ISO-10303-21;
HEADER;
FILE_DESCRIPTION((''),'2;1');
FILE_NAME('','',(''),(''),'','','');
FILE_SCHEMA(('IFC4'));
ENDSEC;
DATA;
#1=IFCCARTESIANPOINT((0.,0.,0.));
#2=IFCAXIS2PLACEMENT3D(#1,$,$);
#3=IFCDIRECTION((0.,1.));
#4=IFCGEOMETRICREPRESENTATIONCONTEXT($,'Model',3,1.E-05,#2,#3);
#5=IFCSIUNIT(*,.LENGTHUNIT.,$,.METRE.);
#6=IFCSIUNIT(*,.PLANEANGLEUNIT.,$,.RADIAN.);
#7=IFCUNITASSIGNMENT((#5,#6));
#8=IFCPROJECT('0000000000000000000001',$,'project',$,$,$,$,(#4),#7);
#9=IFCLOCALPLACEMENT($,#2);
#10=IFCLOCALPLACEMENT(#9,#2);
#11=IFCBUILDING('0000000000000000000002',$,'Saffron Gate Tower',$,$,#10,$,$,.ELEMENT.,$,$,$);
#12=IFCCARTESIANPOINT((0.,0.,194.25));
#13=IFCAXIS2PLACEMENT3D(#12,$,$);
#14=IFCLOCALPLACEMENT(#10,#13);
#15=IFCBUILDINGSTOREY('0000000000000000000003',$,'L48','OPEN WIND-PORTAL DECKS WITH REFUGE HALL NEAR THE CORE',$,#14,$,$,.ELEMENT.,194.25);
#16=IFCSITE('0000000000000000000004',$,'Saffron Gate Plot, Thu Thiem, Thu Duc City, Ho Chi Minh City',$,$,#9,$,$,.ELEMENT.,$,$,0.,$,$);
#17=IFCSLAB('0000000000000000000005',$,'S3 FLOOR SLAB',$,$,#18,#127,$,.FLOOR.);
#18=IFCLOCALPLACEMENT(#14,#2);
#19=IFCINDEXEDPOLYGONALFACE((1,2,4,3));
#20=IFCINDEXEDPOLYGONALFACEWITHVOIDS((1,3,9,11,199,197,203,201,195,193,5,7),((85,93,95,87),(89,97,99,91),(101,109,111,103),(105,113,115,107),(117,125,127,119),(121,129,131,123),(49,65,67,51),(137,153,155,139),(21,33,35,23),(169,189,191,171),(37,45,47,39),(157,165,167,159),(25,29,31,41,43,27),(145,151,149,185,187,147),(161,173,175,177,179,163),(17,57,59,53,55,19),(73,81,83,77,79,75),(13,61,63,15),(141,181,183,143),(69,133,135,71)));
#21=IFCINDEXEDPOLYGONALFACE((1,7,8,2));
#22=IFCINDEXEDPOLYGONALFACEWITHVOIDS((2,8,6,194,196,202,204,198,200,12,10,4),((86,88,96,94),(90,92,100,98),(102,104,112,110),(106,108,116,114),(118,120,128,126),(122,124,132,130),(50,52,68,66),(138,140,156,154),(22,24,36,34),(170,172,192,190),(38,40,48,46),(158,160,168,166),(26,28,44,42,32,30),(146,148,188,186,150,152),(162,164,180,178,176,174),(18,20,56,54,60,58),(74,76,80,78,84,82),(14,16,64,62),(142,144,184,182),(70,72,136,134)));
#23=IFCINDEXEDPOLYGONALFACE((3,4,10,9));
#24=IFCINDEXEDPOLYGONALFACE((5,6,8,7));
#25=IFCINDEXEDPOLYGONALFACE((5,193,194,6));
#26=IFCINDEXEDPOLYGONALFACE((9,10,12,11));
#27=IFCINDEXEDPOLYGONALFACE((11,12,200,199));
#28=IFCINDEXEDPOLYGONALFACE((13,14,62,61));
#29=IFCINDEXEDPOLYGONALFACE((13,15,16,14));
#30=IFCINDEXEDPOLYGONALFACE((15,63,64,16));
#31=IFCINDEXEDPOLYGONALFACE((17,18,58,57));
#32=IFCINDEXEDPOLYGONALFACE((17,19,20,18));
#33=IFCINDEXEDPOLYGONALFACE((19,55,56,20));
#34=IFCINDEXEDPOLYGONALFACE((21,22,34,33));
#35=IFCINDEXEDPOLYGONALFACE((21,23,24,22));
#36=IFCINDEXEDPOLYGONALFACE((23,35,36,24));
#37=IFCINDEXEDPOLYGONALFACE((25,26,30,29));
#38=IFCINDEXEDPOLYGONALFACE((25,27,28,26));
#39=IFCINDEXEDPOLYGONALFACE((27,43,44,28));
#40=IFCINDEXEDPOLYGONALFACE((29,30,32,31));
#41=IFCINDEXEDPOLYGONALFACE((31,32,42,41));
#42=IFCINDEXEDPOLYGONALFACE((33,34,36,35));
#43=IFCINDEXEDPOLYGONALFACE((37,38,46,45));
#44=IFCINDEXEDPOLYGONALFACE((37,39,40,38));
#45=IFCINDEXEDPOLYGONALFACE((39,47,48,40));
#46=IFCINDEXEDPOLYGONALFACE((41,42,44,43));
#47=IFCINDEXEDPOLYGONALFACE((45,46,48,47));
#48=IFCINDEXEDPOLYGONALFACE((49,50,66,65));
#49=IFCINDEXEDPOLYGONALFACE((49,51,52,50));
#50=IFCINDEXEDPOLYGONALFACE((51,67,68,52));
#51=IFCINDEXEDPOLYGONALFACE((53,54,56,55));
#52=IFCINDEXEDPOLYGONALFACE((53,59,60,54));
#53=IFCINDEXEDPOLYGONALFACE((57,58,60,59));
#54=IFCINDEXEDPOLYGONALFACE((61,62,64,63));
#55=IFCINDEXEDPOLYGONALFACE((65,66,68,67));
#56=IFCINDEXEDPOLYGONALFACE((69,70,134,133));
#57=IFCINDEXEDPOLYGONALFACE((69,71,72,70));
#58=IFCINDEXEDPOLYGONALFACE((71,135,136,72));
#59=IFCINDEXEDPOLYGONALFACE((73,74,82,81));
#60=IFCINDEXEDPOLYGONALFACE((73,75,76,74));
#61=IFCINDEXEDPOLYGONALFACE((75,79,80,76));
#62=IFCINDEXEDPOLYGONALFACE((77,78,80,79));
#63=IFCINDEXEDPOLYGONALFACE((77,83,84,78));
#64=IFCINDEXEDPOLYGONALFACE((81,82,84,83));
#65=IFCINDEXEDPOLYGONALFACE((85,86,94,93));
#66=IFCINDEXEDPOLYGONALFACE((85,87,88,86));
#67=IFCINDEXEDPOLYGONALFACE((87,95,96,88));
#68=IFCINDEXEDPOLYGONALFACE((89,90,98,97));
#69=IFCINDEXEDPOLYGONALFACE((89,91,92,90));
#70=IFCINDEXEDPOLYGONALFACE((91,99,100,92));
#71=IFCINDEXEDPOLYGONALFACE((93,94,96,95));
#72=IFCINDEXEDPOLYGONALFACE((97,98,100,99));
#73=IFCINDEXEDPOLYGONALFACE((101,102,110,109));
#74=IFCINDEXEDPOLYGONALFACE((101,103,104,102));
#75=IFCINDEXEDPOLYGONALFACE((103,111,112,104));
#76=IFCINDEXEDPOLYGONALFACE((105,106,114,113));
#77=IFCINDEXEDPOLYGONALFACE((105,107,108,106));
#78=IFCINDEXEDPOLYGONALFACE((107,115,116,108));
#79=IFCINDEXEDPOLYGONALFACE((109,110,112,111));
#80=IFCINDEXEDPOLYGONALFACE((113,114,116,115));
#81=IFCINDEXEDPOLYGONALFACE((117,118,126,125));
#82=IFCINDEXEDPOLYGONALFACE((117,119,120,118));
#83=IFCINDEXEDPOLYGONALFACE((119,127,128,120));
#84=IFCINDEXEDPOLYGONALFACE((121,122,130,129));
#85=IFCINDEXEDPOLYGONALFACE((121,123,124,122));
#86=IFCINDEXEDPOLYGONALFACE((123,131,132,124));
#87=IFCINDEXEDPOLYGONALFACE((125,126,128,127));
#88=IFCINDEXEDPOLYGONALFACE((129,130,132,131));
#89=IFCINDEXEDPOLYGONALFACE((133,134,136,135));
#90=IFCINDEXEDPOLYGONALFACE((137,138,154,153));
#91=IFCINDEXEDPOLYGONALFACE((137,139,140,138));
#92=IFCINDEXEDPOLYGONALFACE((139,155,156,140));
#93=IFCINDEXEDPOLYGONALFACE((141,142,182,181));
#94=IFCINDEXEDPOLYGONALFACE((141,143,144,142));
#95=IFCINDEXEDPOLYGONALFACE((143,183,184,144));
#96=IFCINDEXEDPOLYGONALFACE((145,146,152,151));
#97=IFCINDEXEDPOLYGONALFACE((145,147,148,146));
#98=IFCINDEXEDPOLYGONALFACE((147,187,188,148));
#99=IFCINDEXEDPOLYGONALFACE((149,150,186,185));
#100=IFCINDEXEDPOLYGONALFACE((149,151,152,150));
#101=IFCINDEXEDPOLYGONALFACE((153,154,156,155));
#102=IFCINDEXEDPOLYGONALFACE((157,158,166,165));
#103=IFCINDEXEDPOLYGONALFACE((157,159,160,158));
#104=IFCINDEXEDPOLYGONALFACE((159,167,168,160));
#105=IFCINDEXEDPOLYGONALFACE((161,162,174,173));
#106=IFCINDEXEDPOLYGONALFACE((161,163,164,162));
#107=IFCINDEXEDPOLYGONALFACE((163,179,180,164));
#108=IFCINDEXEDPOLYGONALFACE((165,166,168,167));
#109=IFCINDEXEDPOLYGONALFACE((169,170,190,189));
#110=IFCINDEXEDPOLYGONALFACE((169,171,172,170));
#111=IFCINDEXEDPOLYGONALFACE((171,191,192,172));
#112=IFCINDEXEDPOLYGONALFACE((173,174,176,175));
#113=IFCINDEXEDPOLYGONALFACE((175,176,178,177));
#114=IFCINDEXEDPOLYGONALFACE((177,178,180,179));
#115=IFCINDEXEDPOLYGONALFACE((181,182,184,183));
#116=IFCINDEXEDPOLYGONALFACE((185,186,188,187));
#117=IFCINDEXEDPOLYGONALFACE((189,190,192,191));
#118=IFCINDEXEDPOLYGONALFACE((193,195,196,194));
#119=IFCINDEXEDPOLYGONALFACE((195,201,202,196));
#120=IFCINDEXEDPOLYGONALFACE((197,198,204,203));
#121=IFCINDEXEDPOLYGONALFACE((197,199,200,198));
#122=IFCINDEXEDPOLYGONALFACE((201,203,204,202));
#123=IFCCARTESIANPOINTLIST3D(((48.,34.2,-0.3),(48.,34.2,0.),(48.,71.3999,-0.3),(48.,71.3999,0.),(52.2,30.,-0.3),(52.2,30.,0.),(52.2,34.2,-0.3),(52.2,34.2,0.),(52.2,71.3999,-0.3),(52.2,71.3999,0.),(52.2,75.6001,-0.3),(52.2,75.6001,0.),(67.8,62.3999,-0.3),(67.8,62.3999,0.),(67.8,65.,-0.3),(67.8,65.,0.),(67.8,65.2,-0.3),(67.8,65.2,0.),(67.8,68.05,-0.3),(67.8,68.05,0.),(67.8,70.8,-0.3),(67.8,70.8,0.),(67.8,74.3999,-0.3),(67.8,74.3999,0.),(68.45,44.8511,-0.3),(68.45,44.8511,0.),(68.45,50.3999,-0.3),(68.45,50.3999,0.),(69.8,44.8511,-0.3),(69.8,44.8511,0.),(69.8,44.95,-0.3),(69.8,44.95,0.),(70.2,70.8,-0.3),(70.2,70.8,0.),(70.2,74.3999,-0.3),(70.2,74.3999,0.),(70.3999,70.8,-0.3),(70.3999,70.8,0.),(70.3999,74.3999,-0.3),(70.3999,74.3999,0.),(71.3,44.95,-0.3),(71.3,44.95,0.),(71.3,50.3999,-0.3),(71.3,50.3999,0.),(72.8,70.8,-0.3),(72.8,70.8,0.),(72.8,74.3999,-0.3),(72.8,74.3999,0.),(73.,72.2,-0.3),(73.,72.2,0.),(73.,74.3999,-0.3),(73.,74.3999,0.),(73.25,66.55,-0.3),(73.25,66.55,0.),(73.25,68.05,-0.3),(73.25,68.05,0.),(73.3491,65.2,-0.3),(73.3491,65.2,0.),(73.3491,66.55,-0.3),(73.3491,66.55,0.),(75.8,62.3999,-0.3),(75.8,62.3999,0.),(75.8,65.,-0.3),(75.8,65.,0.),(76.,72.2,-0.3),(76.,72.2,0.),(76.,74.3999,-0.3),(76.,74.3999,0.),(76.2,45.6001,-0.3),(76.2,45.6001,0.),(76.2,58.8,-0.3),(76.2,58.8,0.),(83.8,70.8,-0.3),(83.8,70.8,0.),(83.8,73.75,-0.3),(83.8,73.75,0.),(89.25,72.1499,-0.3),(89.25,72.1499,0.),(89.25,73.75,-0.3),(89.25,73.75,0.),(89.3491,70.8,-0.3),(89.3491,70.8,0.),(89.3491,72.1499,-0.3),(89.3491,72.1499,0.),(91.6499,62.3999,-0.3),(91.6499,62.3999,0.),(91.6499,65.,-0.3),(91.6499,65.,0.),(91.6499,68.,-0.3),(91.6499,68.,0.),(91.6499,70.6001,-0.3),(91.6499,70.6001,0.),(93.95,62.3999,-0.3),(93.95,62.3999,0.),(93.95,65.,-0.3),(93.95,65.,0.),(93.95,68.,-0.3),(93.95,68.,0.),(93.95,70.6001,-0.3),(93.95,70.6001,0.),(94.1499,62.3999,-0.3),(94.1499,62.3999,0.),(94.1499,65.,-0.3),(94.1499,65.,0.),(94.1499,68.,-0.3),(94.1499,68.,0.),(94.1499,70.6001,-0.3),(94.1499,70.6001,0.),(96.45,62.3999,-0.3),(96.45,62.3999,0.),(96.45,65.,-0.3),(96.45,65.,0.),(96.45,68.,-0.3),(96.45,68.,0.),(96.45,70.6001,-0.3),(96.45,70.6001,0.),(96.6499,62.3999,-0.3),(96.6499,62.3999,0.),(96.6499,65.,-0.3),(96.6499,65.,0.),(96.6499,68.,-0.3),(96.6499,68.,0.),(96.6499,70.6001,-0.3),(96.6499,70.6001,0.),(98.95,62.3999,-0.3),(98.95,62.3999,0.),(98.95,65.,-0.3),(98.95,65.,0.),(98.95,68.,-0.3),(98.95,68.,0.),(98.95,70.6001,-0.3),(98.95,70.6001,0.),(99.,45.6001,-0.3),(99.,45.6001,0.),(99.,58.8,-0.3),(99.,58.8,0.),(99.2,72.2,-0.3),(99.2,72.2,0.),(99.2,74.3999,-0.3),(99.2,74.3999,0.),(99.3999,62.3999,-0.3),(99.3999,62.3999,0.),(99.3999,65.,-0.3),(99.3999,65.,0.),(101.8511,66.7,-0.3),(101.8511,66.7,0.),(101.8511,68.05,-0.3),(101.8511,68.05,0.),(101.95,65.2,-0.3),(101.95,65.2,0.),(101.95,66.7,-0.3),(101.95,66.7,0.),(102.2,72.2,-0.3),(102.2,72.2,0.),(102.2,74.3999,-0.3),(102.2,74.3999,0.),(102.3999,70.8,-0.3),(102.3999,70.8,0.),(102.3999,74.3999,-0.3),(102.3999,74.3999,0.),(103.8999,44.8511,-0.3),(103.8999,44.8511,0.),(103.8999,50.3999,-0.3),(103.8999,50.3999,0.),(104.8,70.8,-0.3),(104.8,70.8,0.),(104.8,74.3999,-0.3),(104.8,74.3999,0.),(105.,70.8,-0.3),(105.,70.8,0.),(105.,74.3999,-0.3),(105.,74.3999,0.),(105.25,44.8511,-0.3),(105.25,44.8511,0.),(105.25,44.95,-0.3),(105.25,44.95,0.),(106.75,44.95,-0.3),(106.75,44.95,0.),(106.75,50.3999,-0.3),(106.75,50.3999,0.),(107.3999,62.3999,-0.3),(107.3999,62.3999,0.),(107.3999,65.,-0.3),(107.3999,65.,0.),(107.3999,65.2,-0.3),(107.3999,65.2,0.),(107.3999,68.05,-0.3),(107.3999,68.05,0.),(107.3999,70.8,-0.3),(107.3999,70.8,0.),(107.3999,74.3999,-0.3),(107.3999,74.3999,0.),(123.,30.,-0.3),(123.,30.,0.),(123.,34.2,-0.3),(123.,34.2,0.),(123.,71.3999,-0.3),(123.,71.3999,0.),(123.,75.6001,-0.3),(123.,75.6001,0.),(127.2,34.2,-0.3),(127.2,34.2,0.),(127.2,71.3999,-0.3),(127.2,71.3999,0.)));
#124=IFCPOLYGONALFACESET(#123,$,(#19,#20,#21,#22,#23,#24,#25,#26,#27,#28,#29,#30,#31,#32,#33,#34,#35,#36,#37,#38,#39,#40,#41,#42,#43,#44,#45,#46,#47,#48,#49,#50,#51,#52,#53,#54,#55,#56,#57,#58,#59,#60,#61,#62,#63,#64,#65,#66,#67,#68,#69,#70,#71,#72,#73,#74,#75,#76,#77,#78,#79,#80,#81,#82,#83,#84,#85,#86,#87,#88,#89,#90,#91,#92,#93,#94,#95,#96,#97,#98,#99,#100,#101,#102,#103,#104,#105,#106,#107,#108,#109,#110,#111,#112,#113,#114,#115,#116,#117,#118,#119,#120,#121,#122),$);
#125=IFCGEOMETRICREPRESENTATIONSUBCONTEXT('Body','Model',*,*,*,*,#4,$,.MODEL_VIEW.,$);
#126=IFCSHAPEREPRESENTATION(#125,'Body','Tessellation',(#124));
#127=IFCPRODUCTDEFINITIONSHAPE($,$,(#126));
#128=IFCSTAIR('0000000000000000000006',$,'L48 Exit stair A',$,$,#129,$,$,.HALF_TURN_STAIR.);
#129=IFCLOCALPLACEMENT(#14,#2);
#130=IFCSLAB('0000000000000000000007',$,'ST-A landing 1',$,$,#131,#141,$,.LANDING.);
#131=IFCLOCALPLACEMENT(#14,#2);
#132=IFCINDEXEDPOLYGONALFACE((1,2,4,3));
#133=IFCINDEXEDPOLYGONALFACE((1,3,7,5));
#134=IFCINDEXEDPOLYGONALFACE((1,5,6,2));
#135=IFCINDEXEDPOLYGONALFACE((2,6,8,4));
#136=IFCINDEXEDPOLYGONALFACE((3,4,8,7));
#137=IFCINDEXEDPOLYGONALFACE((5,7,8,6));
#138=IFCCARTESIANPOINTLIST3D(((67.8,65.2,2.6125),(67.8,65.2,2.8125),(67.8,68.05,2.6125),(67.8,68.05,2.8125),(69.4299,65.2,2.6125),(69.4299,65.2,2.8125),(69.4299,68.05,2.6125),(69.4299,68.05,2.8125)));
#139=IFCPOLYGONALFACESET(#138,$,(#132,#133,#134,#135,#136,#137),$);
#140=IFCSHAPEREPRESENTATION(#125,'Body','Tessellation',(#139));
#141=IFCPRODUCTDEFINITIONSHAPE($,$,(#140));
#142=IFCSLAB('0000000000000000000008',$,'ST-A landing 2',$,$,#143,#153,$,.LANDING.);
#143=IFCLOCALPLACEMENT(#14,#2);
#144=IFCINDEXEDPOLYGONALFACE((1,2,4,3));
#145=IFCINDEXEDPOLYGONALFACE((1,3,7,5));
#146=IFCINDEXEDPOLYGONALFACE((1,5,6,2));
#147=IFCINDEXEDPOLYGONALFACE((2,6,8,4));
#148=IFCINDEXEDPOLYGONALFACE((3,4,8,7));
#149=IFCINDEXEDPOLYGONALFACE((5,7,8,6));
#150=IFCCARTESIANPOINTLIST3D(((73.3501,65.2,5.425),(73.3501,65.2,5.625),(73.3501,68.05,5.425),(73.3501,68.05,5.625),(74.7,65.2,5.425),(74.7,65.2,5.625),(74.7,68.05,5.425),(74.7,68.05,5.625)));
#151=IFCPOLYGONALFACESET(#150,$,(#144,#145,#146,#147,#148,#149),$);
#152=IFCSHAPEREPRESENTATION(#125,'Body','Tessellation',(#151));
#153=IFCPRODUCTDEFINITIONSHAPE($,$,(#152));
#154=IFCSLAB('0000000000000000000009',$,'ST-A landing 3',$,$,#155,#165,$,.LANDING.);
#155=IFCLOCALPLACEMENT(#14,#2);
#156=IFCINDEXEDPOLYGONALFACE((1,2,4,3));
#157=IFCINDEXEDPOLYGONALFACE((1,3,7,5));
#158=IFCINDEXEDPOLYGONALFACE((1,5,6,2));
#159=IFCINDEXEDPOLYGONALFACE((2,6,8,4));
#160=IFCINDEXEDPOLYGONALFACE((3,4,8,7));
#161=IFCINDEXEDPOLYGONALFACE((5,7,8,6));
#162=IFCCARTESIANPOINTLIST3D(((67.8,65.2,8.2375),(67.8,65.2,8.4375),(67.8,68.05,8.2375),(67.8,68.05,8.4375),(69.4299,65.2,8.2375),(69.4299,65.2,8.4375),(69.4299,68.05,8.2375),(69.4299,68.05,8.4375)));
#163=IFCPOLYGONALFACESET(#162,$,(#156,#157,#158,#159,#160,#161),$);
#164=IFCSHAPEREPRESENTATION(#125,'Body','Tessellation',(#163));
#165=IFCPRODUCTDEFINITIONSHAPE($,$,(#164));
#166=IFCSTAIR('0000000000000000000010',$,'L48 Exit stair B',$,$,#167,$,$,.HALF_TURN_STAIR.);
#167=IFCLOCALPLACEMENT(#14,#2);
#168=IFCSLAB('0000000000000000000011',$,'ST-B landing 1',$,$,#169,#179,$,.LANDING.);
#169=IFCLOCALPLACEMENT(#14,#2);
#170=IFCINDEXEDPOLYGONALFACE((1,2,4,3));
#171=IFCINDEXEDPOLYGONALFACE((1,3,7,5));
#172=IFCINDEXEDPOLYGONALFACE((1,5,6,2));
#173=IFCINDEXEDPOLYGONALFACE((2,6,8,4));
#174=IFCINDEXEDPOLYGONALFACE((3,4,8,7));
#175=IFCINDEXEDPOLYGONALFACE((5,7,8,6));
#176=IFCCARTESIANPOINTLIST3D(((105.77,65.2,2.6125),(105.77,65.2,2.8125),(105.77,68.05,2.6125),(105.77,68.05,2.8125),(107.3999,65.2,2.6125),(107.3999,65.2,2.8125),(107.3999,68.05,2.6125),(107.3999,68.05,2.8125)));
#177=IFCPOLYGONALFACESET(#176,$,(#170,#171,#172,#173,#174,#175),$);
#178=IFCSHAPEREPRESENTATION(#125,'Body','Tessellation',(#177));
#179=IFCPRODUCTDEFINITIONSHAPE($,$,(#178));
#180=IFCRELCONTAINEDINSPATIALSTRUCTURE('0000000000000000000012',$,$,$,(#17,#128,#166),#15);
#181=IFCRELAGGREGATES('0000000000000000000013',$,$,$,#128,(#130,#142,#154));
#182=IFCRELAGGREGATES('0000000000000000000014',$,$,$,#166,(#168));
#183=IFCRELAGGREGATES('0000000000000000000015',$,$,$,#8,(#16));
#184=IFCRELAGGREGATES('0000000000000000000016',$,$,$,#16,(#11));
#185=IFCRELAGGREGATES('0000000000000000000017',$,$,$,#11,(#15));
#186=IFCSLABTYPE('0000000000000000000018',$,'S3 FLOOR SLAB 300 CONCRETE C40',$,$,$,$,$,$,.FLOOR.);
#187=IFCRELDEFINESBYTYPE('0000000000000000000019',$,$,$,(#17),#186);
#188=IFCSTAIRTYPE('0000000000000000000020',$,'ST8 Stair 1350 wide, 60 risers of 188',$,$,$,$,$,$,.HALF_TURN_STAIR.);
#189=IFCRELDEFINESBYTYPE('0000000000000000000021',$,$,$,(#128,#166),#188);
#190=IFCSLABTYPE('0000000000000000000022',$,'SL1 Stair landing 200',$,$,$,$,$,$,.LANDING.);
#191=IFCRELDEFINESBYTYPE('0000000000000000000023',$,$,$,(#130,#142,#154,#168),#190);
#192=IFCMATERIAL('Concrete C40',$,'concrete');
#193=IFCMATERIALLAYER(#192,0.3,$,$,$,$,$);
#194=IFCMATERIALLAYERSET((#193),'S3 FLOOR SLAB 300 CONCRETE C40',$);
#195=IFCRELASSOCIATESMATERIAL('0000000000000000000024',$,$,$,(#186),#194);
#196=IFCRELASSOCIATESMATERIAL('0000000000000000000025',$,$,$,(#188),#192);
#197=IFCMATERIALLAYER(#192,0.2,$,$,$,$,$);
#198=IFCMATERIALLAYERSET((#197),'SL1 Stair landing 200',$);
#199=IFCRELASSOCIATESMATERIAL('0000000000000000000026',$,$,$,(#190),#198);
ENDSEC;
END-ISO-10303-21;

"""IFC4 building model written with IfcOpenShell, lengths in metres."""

from ifc_helpers import new_model, si_unit, direction, frame, origin, place, context, subcontext, project, spatial, polyline, outline, extrude, material, layer, layer_set, type_object, element, aggregate, save


model = new_model("IFC4")

# Units and contexts
model_context = context("Model", 3, precision=1e-05, world=origin(), true_north=direction((0.0, 1.0)))
body_context = subcontext(model_context, "Body", "Model", "MODEL_VIEW")
ifc_project = project(units=[si_unit("LENGTHUNIT", "METRE"), si_unit("PLANEANGLEUNIT", "RADIAN")], contexts=[model_context])

# Site, building, storey
site_placement = place(None, origin())
site = spatial("IfcSite", under=ifc_project, at=site_placement, Name="Saffron Gate Plot, Thu Thiem, Thu Duc City, Ho Chi Minh City", CompositionType="ELEMENT", RefElevation=0.0)
building_placement = place(site_placement, origin())
building = spatial("IfcBuilding", under=site, at=building_placement, Name="Saffron Gate Tower", CompositionType="ELEMENT")
storey_placement = place(building_placement, frame((0.0, 0.0, 194.25)))
storey = spatial("IfcBuildingStorey", under=building, at=storey_placement, Name="L48", Description="OPEN WIND-PORTAL DECKS WITH REFUGE HALL NEAR THE CORE", CompositionType="ELEMENT", Elevation=194.25)

# Slab
ifc_material_1 = material(Name="Concrete C40", Category="concrete")
ifc_layer_1 = layer(ifc_material_1, 0.3)
ifc_layer_set_1 = layer_set([ifc_layer_1], Name="S3 FLOOR SLAB 300 CONCRETE C40")
slab_type_1 = type_object("IfcSlabType", Name="S3 FLOOR SLAB 300 CONCRETE C40", PredefinedType="FLOOR", material=ifc_layer_set_1)
slab_1_placement = place(storey_placement, frame((0.0, 0.0, -0.3)))
element("IfcSlab", 1, at=slab_1_placement, inside=storey, type_object=slab_type_1, Name="S3 FLOOR SLAB", PredefinedType="FLOOR", context=body_context, shape_type="SweptSolid", body=[
    extrude(outline(polyline([(48.0, 34.2), (52.2, 34.2), (52.2, 30.0), (123.0, 30.0), (123.0, 34.2), (127.2, 34.2), (127.2, 71.3999), (123.0, 71.3999), (123.0, 75.6001), (52.2, 75.6001), (52.2, 71.3999), (48.0, 71.3999), (48.0, 34.2)]), holes=[polyline([(67.8, 62.3999), (67.8, 65.0), (75.8, 65.0), (75.8, 62.3999), (67.8, 62.3999)]), polyline([(67.8, 65.2), (67.8, 68.05), (73.25, 68.05), (73.25, 66.55), (73.3491, 66.55), (73.3491, 65.2), (67.8, 65.2)]), polyline([(67.8, 70.8), (67.8, 74.3999), (70.2, 74.3999), (70.2, 70.8), (67.8, 70.8)]), polyline([(68.45, 44.8511), (68.45, 50.3999), (71.3, 50.3999), (71.3, 44.95), (69.8, 44.95), (69.8, 44.8511), (68.45, 44.8511)]), polyline([(70.3999, 70.8), (70.3999, 74.3999), (72.8, 74.3999), (72.8, 70.8), (70.3999, 70.8)]), polyline([(73.0, 72.2), (73.0, 74.3999), (76.0, 74.3999), (76.0, 72.2), (73.0, 72.2)]), polyline([(76.2, 45.6001), (76.2, 58.8), (99.0, 58.8), (99.0, 45.6001), (76.2, 45.6001)]), polyline([(83.8, 70.8), (83.8, 73.75), (89.25, 73.75), (89.25, 72.1499), (89.3491, 72.1499), (89.3491, 70.8), (83.8, 70.8)]), polyline([(91.6499, 62.3999), (91.6499, 65.0), (93.95, 65.0), (93.95, 62.3999), (91.6499, 62.3999)]), polyline([(91.6499, 68.0), (91.6499, 70.6001), (93.95, 70.6001), (93.95, 68.0), (91.6499, 68.0)]), polyline([(94.1499, 62.3999), (94.1499, 65.0), (96.45, 65.0), (96.45, 62.3999), (94.1499, 62.3999)]), polyline([(94.1499, 68.0), (94.1499, 70.6001), (96.45, 70.6001), (96.45, 68.0), (94.1499, 68.0)]), polyline([(96.6499, 62.3999), (96.6499, 65.0), (98.95, 65.0), (98.95, 62.3999), (96.6499, 62.3999)]), polyline([(96.6499, 68.0), (96.6499, 70.6001), (98.95, 70.6001), (98.95, 68.0), (96.6499, 68.0)]), polyline([(99.2, 72.2), (99.2, 74.3999), (102.2, 74.3999), (102.2, 72.2), (99.2, 72.2)]), polyline([(99.3999, 62.3999), (99.3999, 65.0), (107.3999, 65.0), (107.3999, 62.3999), (99.3999, 62.3999)]), polyline([(101.8511, 66.7), (101.8511, 68.05), (107.3999, 68.05), (107.3999, 65.2), (101.95, 65.2), (101.95, 66.7), (101.8511, 66.7)]), polyline([(102.3999, 70.8), (102.3999, 74.3999), (104.8, 74.3999), (104.8, 70.8), (102.3999, 70.8)]), polyline([(103.8999, 44.8511), (103.8999, 50.3999), (106.75, 50.3999), (106.75, 44.95), (105.25, 44.95), (105.25, 44.8511), (103.8999, 44.8511)]), polyline([(105.0, 70.8), (105.0, 74.3999), (107.3999, 74.3999), (107.3999, 70.8), (105.0, 70.8)])]), origin(), (0.0, 0.0, 1.0), 0.3),
])

# Stairs, slabs
stair_type = type_object("IfcStairType", Name="ST8 Stair 1350 wide, 60 risers of 188", PredefinedType="HALF_TURN_STAIR", material=ifc_material_1)
stair_1_placement = place(storey_placement, origin())
stair_1 = element("IfcStair", 2, at=stair_1_placement, inside=storey, type_object=stair_type, Name="L48 Exit stair A", PredefinedType="HALF_TURN_STAIR")
ifc_layer_2 = layer(ifc_material_1, 0.2)
ifc_layer_set_2 = layer_set([ifc_layer_2], Name="SL1 Stair landing 200")
slab_type_2 = type_object("IfcSlabType", Name="SL1 Stair landing 200", PredefinedType="LANDING", material=ifc_layer_set_2)
slab_2_placement = place(storey_placement, frame((0.0, 0.0, 2.6125)))
slab_2 = element("IfcSlab", 3, at=slab_2_placement, type_object=slab_type_2, Name="ST-A landing 1", PredefinedType="LANDING", context=body_context, shape_type="SweptSolid", body=[
    extrude(outline(polyline([(69.4299, 68.05), (67.8, 68.05), (67.8, 65.2), (69.4299, 65.2), (69.4299, 68.05)])), origin(), (0.0, 0.0, 1.0), 0.2),
])
slab_3_placement = place(storey_placement, frame((0.0, 0.0, 5.425)))
slab_3 = element("IfcSlab", 4, at=slab_3_placement, type_object=slab_type_2, Name="ST-A landing 2", PredefinedType="LANDING", context=body_context, shape_type="SweptSolid", body=[
    extrude(outline(polyline([(74.7, 68.05), (73.3501, 68.05), (73.3501, 65.2), (74.7, 65.2), (74.7, 68.05)])), origin(), (0.0, 0.0, 1.0), 0.2),
])
slab_4_placement = place(storey_placement, frame((0.0, 0.0, 8.2375)))
slab_4 = element("IfcSlab", 5, at=slab_4_placement, type_object=slab_type_2, Name="ST-A landing 3", PredefinedType="LANDING", context=body_context, shape_type="SweptSolid", body=[
    extrude(outline(polyline([(69.4299, 68.05), (67.8, 68.05), (67.8, 65.2), (69.4299, 65.2), (69.4299, 68.05)])), origin(), (0.0, 0.0, 1.0), 0.2),
])
aggregate(stair_1, [slab_2, slab_3, slab_4])
stair_2_placement = place(storey_placement, origin())
stair_2 = element("IfcStair", 6, at=stair_2_placement, inside=storey, type_object=stair_type, Name="L48 Exit stair B", PredefinedType="HALF_TURN_STAIR")
slab_5_placement = place(storey_placement, frame((0.0, 0.0, 2.6125)))
slab_5 = element("IfcSlab", 7, at=slab_5_placement, type_object=slab_type_2, Name="ST-B landing 1", PredefinedType="LANDING", context=body_context, shape_type="SweptSolid", body=[
    extrude(outline(polyline([(105.77, 65.2), (107.3999, 65.2), (107.3999, 68.05), (105.77, 68.05), (105.77, 65.2)])), origin(), (0.0, 0.0, 1.0), 0.2),
])
aggregate(stair_2, [slab_5])

save(model, "model.ifc")
